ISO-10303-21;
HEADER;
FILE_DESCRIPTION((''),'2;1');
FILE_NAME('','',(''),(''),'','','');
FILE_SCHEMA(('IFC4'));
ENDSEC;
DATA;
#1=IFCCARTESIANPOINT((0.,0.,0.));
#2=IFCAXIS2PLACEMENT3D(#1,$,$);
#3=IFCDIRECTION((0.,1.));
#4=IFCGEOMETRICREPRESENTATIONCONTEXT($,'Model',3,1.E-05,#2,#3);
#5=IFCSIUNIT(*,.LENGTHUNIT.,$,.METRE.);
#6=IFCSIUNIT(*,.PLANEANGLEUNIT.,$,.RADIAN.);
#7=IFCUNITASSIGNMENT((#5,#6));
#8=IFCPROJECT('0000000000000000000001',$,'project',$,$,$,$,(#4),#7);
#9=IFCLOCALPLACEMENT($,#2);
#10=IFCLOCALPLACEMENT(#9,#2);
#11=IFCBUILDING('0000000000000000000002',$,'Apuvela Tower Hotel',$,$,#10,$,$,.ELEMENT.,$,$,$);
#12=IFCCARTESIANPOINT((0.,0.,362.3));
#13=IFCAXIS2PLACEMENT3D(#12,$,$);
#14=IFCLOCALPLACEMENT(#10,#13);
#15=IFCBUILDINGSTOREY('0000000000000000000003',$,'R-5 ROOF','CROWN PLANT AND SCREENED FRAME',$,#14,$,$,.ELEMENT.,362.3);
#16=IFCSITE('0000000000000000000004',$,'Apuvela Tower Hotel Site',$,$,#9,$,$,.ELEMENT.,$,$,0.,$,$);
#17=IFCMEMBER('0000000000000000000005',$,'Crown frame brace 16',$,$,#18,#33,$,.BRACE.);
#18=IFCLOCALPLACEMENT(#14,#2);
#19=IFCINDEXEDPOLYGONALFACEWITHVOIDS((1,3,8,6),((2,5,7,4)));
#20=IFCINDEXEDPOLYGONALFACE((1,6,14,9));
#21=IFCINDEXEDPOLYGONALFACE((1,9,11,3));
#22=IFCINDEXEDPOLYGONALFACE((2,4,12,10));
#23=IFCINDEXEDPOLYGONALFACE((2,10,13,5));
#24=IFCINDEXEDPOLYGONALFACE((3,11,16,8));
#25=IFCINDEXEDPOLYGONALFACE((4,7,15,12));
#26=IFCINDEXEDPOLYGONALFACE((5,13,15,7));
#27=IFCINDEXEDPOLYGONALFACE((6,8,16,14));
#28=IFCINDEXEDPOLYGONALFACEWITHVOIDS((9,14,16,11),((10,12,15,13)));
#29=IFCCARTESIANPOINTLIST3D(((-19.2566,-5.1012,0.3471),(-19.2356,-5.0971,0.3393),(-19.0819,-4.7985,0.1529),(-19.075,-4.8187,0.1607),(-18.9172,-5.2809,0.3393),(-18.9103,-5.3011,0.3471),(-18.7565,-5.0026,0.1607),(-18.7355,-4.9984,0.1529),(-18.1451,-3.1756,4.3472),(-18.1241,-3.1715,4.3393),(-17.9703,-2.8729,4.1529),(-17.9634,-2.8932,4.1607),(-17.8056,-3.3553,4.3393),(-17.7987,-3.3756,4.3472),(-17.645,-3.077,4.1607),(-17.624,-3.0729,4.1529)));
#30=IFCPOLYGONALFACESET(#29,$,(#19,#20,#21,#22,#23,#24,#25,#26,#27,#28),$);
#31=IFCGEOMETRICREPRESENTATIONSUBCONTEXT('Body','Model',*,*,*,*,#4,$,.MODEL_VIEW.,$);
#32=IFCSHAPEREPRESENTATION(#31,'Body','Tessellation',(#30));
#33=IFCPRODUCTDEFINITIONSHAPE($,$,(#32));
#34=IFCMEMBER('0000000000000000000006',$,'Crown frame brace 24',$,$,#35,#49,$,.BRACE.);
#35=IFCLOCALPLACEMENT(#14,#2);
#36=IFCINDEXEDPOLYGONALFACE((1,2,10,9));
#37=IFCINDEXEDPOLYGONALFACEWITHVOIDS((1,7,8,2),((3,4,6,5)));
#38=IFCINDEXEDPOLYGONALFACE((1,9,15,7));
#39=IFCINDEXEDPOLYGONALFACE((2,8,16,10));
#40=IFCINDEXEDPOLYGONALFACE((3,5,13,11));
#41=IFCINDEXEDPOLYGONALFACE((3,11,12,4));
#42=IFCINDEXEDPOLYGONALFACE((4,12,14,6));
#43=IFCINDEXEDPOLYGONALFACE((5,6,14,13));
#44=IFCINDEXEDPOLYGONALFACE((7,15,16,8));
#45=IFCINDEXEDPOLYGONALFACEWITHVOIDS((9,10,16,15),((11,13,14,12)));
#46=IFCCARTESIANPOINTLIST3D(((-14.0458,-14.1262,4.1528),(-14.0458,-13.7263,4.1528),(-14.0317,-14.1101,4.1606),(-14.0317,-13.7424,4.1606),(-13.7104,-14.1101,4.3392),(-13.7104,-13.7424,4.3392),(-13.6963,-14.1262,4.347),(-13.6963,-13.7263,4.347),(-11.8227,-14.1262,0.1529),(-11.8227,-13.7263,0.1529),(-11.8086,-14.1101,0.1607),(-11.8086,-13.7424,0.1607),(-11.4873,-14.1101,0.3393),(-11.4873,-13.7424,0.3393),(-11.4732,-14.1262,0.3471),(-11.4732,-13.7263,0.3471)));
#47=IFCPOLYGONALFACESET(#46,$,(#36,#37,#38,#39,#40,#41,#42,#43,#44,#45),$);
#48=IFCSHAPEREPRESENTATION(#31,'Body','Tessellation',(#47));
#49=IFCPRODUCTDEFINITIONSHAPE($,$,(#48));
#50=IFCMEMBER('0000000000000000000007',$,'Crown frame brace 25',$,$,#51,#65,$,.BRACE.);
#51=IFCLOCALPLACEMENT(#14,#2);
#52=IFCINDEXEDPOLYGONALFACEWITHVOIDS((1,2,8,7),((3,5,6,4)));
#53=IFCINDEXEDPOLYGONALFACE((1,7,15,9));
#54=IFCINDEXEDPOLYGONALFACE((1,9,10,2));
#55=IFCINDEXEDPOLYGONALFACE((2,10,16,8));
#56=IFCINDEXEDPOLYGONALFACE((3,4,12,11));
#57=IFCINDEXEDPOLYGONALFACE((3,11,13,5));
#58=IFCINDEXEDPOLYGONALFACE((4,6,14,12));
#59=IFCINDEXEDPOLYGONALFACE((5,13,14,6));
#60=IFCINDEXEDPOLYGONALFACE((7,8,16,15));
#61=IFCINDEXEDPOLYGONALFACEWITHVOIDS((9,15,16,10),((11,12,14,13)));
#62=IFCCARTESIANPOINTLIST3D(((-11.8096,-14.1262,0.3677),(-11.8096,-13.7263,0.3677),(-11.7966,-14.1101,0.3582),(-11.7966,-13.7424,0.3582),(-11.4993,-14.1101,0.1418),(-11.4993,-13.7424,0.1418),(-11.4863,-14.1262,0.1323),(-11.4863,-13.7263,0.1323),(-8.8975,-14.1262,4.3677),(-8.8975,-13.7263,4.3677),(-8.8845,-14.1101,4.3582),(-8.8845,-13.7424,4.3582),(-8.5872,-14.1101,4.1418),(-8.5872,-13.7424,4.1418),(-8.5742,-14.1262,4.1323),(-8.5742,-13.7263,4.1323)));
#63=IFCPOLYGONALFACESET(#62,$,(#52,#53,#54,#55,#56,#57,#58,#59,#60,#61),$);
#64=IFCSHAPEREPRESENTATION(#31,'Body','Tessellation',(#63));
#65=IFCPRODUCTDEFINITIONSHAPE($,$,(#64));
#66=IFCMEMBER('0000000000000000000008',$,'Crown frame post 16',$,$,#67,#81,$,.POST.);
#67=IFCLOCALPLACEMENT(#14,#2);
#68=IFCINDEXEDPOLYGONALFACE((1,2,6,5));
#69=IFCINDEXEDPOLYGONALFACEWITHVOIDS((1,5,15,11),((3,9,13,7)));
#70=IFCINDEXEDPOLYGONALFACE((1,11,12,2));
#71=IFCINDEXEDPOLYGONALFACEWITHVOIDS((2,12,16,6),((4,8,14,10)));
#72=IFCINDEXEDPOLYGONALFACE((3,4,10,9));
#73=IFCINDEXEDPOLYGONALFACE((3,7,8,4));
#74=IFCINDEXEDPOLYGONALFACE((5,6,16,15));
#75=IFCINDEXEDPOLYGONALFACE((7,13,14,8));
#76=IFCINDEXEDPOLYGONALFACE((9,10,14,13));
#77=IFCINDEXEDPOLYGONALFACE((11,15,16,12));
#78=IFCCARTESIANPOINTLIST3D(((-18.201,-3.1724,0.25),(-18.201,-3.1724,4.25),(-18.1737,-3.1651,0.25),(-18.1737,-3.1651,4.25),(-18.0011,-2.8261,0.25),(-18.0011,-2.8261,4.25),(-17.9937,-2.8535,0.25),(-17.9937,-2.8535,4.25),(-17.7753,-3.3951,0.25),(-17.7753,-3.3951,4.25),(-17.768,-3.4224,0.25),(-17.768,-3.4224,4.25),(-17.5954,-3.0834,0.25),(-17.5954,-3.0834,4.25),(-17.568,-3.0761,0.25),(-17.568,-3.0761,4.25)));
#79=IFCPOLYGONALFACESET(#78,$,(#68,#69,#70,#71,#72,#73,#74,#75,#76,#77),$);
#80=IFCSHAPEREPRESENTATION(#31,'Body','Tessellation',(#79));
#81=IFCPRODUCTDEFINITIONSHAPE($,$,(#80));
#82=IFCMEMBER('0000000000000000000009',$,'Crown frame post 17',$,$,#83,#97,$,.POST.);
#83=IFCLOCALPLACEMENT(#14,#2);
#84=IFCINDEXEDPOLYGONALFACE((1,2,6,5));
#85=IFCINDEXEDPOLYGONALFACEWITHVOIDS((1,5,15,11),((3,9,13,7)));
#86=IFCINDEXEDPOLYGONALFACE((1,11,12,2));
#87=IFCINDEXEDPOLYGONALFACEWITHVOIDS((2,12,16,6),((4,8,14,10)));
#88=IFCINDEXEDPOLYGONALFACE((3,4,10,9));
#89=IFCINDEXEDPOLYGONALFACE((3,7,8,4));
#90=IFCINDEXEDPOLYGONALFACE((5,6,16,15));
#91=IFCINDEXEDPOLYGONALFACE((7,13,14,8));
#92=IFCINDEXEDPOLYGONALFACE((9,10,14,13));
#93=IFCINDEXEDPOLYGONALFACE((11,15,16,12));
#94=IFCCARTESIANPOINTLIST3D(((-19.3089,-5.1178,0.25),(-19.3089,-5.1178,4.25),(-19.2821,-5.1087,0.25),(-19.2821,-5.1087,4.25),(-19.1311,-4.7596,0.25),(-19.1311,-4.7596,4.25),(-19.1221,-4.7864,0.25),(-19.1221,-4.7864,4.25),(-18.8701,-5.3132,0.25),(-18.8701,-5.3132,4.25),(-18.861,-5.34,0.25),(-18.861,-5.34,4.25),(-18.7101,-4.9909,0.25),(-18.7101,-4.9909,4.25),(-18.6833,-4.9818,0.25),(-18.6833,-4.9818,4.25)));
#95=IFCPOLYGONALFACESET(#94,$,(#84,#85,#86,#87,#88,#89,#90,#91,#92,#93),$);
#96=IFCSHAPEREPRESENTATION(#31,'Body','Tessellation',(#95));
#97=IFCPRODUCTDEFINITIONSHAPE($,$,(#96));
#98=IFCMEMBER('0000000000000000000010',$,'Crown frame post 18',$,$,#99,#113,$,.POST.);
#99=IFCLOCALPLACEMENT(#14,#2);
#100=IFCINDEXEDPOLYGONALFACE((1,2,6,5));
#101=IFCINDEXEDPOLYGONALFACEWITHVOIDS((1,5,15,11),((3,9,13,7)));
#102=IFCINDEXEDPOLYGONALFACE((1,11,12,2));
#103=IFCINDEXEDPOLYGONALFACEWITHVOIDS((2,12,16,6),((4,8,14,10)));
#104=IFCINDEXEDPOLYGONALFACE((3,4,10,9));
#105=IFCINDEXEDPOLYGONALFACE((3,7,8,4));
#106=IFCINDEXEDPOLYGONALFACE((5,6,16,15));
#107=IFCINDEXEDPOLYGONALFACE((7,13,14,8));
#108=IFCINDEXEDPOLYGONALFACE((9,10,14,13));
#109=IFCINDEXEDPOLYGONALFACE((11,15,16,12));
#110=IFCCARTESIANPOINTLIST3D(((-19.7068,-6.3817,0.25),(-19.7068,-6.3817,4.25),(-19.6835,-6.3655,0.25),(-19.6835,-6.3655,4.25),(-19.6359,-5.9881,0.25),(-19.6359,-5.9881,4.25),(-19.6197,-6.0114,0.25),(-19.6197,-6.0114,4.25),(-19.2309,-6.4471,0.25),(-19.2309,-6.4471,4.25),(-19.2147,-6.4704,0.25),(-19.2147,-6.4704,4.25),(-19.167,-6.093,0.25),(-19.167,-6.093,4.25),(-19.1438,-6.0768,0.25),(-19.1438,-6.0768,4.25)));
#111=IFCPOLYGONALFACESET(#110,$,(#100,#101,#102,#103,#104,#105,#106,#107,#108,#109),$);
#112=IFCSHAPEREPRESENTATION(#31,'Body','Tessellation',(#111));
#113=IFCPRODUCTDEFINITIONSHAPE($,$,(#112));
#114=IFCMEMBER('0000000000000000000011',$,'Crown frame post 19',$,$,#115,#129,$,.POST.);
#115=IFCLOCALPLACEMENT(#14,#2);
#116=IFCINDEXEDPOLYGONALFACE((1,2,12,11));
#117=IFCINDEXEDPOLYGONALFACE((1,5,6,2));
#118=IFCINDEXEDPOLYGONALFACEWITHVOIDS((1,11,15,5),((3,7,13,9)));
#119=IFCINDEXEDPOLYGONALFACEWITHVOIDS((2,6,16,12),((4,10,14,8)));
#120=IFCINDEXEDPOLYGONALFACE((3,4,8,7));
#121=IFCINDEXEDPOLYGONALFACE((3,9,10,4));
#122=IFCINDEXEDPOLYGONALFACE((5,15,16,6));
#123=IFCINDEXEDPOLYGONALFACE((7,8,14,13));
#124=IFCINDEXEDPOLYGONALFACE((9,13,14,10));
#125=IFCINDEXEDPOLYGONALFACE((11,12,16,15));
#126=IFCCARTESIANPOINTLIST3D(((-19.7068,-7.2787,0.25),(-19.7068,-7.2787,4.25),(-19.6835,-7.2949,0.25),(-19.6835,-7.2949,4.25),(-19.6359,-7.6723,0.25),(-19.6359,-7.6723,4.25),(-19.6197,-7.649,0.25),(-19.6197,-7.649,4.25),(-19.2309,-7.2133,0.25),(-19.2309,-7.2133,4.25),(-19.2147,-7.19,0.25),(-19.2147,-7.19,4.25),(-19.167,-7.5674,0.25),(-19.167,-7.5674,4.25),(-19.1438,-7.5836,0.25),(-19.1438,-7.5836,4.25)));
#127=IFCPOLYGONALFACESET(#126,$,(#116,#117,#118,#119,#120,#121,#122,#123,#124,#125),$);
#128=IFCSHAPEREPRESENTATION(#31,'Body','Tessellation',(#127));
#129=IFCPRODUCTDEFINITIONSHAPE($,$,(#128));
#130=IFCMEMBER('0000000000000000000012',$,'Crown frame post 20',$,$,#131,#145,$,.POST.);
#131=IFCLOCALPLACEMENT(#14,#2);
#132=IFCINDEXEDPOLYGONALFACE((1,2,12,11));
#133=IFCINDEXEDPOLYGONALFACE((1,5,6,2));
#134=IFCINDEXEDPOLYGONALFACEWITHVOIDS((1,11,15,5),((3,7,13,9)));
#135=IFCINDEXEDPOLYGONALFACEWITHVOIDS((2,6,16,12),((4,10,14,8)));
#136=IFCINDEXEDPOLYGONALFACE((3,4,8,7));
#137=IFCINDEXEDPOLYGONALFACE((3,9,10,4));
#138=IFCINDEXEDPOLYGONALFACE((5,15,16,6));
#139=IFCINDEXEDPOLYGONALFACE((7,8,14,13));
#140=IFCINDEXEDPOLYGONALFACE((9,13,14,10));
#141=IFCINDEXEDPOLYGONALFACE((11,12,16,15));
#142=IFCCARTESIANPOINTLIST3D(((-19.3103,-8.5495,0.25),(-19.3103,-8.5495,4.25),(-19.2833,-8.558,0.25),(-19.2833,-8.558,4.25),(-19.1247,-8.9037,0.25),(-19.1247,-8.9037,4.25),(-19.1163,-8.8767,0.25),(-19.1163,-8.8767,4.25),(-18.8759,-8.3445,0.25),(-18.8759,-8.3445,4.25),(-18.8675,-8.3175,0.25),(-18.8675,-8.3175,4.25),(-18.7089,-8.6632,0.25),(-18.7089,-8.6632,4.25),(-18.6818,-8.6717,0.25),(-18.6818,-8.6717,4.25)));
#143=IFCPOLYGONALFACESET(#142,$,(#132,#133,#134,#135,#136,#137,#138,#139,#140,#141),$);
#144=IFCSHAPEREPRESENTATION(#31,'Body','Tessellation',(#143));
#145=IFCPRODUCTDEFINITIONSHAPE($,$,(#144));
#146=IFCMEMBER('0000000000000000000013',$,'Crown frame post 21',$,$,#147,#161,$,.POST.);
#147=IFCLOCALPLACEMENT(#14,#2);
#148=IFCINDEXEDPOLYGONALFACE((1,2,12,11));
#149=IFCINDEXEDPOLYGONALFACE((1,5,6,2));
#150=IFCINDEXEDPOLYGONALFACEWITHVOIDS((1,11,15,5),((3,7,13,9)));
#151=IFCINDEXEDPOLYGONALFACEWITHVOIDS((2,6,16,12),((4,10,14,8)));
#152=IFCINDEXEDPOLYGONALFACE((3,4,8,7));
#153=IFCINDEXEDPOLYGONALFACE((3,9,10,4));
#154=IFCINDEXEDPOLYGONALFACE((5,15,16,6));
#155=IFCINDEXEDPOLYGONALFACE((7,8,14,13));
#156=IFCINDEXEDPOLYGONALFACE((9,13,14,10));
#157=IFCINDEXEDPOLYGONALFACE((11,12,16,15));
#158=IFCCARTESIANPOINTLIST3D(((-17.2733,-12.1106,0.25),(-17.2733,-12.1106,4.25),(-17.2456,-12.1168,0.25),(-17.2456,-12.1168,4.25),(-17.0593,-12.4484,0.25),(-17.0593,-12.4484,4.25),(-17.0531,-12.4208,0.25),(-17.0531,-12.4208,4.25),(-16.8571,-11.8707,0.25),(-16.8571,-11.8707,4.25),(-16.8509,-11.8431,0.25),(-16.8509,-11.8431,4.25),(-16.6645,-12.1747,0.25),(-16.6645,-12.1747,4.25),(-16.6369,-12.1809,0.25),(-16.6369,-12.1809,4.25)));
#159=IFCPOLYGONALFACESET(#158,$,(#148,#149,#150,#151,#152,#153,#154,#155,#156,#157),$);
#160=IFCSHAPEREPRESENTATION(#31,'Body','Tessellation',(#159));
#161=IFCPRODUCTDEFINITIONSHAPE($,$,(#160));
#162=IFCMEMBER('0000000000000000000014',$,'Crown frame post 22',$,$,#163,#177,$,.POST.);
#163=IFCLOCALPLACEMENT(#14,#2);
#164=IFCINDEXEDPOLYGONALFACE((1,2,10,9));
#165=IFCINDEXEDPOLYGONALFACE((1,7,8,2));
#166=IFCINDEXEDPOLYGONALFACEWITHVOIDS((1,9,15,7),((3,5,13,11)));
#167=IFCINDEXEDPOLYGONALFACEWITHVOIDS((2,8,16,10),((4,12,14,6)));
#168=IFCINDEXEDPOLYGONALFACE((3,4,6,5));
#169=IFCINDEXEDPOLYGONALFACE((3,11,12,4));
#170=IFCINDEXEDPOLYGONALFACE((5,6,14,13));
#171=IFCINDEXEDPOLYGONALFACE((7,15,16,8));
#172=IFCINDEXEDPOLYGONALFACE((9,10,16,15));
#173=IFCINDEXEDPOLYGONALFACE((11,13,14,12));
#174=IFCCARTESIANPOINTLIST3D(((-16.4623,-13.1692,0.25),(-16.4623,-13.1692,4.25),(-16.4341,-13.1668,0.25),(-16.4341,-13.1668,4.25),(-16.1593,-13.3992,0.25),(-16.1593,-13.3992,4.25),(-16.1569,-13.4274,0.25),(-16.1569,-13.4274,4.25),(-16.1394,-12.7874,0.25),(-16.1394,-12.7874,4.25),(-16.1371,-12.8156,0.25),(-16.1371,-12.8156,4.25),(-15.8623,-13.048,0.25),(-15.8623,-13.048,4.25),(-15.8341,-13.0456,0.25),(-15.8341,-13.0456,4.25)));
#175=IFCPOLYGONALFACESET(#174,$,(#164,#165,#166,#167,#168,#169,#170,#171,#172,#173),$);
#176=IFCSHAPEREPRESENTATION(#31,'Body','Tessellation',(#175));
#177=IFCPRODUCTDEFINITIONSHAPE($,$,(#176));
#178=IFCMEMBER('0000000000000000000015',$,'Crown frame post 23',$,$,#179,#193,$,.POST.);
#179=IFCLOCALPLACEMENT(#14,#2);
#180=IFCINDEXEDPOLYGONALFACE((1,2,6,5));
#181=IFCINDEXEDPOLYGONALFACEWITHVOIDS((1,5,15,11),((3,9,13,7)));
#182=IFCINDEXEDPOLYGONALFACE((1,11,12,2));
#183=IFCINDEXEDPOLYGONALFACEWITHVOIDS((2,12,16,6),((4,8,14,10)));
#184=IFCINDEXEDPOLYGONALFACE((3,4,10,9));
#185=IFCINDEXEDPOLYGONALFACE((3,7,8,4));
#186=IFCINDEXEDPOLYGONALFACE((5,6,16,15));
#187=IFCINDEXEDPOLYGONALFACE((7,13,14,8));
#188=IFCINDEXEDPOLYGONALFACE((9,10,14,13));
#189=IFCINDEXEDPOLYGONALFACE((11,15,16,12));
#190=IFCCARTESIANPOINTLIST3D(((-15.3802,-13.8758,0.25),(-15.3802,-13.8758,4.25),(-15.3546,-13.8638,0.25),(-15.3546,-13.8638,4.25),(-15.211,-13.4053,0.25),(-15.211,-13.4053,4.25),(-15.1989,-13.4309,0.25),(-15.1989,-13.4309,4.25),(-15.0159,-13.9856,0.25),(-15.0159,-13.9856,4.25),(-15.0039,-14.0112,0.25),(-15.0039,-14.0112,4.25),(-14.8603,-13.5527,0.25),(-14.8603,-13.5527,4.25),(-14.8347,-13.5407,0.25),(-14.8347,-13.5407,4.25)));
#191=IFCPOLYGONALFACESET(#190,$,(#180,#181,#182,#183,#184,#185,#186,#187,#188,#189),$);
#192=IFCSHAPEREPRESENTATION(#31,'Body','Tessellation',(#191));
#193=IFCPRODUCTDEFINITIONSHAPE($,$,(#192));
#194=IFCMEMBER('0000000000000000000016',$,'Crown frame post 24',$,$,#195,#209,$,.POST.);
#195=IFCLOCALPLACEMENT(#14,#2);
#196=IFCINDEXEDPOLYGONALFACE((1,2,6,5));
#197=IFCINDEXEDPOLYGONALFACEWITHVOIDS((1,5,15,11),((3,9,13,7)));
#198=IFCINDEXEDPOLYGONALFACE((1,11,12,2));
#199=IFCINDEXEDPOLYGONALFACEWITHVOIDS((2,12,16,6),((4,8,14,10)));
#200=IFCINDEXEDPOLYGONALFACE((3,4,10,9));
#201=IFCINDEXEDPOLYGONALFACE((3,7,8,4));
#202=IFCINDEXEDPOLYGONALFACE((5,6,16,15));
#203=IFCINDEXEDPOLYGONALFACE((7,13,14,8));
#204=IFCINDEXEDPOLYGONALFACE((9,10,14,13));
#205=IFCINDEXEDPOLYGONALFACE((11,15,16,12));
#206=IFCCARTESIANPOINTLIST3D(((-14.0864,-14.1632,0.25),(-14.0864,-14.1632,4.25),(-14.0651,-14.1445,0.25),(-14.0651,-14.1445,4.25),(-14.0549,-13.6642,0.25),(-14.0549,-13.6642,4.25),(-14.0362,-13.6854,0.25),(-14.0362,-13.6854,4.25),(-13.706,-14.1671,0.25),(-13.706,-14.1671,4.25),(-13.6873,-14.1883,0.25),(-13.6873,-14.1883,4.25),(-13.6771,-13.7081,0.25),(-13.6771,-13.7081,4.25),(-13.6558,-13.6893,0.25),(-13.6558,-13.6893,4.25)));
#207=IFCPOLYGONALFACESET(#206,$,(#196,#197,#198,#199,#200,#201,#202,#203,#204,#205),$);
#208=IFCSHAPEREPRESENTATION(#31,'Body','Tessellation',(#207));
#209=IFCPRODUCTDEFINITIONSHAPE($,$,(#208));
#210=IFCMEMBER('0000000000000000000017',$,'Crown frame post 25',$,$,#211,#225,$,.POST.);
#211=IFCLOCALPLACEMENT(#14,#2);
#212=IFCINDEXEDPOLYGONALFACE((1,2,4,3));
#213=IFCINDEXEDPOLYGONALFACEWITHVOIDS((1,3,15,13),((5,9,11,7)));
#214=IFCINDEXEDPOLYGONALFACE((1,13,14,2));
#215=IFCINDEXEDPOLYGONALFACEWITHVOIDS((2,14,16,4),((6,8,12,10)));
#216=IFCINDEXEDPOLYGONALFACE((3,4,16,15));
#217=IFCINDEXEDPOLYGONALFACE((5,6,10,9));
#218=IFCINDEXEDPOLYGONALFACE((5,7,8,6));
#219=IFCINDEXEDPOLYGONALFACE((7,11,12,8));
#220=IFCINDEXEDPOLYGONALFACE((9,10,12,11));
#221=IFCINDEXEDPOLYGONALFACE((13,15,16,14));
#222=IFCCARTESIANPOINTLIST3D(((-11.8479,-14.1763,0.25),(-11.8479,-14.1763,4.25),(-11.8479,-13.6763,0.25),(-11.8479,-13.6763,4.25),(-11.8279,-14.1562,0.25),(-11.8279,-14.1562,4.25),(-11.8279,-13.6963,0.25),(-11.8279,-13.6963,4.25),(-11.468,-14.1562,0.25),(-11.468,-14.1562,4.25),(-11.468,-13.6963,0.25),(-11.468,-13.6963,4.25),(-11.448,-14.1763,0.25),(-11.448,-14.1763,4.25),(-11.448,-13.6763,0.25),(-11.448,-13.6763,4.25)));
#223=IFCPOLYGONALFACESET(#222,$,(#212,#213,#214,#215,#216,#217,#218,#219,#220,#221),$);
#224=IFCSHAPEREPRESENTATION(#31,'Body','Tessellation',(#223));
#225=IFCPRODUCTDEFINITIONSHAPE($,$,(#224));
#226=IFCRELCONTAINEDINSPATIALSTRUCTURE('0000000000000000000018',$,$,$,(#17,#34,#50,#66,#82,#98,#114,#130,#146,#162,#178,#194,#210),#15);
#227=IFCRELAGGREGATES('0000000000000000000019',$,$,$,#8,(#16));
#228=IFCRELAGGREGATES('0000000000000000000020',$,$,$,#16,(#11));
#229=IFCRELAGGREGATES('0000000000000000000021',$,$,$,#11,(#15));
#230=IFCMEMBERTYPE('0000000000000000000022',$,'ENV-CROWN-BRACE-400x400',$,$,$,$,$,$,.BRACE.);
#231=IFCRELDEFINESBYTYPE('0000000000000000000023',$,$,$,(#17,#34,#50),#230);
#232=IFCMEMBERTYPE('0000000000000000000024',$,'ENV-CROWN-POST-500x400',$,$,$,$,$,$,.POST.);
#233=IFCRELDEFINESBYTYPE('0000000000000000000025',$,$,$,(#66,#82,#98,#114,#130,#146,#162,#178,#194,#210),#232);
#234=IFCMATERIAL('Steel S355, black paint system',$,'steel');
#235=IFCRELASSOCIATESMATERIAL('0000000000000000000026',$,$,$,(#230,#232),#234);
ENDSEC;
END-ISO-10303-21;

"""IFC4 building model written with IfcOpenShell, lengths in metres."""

from ifc_helpers import new_model, si_unit, direction, frame, origin, origin_2d, place, context, subcontext, project, spatial, hollow_rectangle, extrude, material, material_profile, profile_set, type_object, element, save


model = new_model("IFC4")

# Units and contexts
model_context = context("Model", 3, precision=1e-05, world=origin(), true_north=direction((0.0, 1.0)))
body_context = subcontext(model_context, "Body", "Model", "MODEL_VIEW")
ifc_project = project(units=[si_unit("LENGTHUNIT", "METRE"), si_unit("PLANEANGLEUNIT", "RADIAN")], contexts=[model_context])

# Site, building, storey
site_placement = place(None, origin())
site = spatial("IfcSite", under=ifc_project, at=site_placement, Name="Apuvela Tower Hotel Site", CompositionType="ELEMENT", RefElevation=0.0)
building_placement = place(site_placement, origin())
building = spatial("IfcBuilding", under=site, at=building_placement, Name="Apuvela Tower Hotel", CompositionType="ELEMENT")
storey_placement = place(building_placement, frame((0.0, 0.0, 362.3)))
storey = spatial("IfcBuildingStorey", under=building, at=storey_placement, Name="R-5 ROOF", Description="CROWN PLANT AND SCREENED FRAME", CompositionType="ELEMENT", Elevation=362.3)

# Members
ifc_material_1 = material(Name="Steel S355, black paint system", Category="steel")
ifc_material_profile_1 = material_profile(ifc_material_1, hollow_rectangle(XDim=0.3999, YDim=0.3999, WallThickness=0.0161, at=origin_2d()), Name="HSS 400x400x16")
ifc_profile_set_1 = profile_set([ifc_material_profile_1], Name="Steel S355, black paint system")
member_type_1 = type_object("IfcMemberType", Name="ENV-CROWN-BRACE-400x400", PredefinedType="BRACE", material=ifc_profile_set_1)
member_1_placement = place(storey_placement, frame((-18.9961, -5.0498, 0.25), z_axis=(0.242893, 0.420755, 0.874053), x_axis=(-0.866052, 0.499954, 0.0)))
element("IfcMember", 1, at=member_1_placement, inside=storey, type_object=member_type_1, Name="Crown frame brace 16", PredefinedType="BRACE", context=body_context, shape_type="SweptSolid", body=[
    extrude(hollow_rectangle(XDim=0.3999, YDim=0.3999, WallThickness=0.0161, at=origin_2d()), origin(), (0.0, 0.0, 1.0), 4.5764),
])
member_2_placement = place(storey_placement, frame((-11.6479, -13.9263, 0.25), z_axis=(-0.485797, 0.0, 0.874072), x_axis=(0.0, -1.0, 0.0)))
element("IfcMember", 2, at=member_2_placement, inside=storey, type_object=member_type_1, Name="Crown frame brace 24", PredefinedType="BRACE", context=body_context, shape_type="SweptSolid", body=[
    extrude(hollow_rectangle(XDim=0.3999, YDim=0.3999, WallThickness=0.0161, at=origin_2d()), origin(), (0.0, 0.0, 1.0), 4.5762),
])
member_3_placement = place(storey_placement, frame((-11.6479, -13.9263, 0.25), z_axis=(0.588571, 0.0, 0.808446), x_axis=(0.0, 1.0, 0.0)))
element("IfcMember", 3, at=member_3_placement, inside=storey, type_object=member_type_1, Name="Crown frame brace 25", PredefinedType="BRACE", context=body_context, shape_type="SweptSolid", body=[
    extrude(hollow_rectangle(XDim=0.3999, YDim=0.3999, WallThickness=0.0161, at=origin_2d()), origin(), (0.0, 0.0, 1.0), 4.9478),
])
ifc_material_profile_2 = material_profile(ifc_material_1, hollow_rectangle(XDim=0.3999, YDim=0.5, WallThickness=0.02, at=origin_2d()), Name="HSS 500x400x20")
ifc_profile_set_2 = profile_set([ifc_material_profile_2], Name="Steel S355, black paint system")
member_type_2 = type_object("IfcMemberType", Name="ENV-CROWN-POST-500x400", PredefinedType="POST", material=ifc_profile_set_2)
for number, where, z_axis, x_axis, name in (
    (4, (-17.8845, -3.1243, 0.25), (0.0, 0.0, 1.0), (-0.5, -0.866025, 0.0), "Crown frame post 16"),
    (5, (-18.9961, -5.0498, 0.25), (0.0, 0.0, 1.0), (-0.444554, -0.895752, 0.0), "Crown frame post 17"),
    (6, (-19.4253, -6.2292, 0.25), (0.0, 0.0, 1.0), (-0.177415, -0.984136, 0.0), "Crown frame post 18"),
    (7, (-19.4253, -7.4312, 0.25), (0.0, 0.0, 1.0), (0.177415, -0.984136, 0.0), "Crown frame post 19"),
    (8, (-18.9961, -8.6106, 0.25), (0.0, 0.0, 1.0), (0.464116, -0.885775, 0.0), "Crown frame post 20"),
    (9, (-16.9551, -12.1458, 0.25), (0.0, 0.0, 1.0), (0.535046, -0.844823, 0.0), "Crown frame post 21"),
    (10, (-16.1482, -13.1074, 0.25), (0.0, 0.0, 1.0), (0.76358, -0.645714, 0.0), "Crown frame post 22"),
    (11, (-15.1074, -13.7083, 0.25), (0.0, 0.0, 1.0), (0.940994, -0.338423, 0.0), "Crown frame post 23"),
    (12, (-13.8711, -13.9263, 0.25), (0.0, 0.0, 1.0), (0.998021, -0.062881, 0.0), "Crown frame post 24"),
    (13, (-11.6479, -13.9263, 0.25), (0.0, 0.0, 1.0), (1.0, 0.0, 0.0), "Crown frame post 25"),
):
    element("IfcMember", number, at=place(storey_placement, frame(where, z_axis=z_axis, x_axis=x_axis)), inside=storey, type_object=member_type_2, Name=name, PredefinedType="POST", context=body_context, shape_type="SweptSolid", body=[
        extrude(hollow_rectangle(XDim=0.3999, YDim=0.5, WallThickness=0.02, at=origin_2d()), origin(), (0.0, 0.0, 1.0), 4.0),
    ])

save(model, "model.ifc")
